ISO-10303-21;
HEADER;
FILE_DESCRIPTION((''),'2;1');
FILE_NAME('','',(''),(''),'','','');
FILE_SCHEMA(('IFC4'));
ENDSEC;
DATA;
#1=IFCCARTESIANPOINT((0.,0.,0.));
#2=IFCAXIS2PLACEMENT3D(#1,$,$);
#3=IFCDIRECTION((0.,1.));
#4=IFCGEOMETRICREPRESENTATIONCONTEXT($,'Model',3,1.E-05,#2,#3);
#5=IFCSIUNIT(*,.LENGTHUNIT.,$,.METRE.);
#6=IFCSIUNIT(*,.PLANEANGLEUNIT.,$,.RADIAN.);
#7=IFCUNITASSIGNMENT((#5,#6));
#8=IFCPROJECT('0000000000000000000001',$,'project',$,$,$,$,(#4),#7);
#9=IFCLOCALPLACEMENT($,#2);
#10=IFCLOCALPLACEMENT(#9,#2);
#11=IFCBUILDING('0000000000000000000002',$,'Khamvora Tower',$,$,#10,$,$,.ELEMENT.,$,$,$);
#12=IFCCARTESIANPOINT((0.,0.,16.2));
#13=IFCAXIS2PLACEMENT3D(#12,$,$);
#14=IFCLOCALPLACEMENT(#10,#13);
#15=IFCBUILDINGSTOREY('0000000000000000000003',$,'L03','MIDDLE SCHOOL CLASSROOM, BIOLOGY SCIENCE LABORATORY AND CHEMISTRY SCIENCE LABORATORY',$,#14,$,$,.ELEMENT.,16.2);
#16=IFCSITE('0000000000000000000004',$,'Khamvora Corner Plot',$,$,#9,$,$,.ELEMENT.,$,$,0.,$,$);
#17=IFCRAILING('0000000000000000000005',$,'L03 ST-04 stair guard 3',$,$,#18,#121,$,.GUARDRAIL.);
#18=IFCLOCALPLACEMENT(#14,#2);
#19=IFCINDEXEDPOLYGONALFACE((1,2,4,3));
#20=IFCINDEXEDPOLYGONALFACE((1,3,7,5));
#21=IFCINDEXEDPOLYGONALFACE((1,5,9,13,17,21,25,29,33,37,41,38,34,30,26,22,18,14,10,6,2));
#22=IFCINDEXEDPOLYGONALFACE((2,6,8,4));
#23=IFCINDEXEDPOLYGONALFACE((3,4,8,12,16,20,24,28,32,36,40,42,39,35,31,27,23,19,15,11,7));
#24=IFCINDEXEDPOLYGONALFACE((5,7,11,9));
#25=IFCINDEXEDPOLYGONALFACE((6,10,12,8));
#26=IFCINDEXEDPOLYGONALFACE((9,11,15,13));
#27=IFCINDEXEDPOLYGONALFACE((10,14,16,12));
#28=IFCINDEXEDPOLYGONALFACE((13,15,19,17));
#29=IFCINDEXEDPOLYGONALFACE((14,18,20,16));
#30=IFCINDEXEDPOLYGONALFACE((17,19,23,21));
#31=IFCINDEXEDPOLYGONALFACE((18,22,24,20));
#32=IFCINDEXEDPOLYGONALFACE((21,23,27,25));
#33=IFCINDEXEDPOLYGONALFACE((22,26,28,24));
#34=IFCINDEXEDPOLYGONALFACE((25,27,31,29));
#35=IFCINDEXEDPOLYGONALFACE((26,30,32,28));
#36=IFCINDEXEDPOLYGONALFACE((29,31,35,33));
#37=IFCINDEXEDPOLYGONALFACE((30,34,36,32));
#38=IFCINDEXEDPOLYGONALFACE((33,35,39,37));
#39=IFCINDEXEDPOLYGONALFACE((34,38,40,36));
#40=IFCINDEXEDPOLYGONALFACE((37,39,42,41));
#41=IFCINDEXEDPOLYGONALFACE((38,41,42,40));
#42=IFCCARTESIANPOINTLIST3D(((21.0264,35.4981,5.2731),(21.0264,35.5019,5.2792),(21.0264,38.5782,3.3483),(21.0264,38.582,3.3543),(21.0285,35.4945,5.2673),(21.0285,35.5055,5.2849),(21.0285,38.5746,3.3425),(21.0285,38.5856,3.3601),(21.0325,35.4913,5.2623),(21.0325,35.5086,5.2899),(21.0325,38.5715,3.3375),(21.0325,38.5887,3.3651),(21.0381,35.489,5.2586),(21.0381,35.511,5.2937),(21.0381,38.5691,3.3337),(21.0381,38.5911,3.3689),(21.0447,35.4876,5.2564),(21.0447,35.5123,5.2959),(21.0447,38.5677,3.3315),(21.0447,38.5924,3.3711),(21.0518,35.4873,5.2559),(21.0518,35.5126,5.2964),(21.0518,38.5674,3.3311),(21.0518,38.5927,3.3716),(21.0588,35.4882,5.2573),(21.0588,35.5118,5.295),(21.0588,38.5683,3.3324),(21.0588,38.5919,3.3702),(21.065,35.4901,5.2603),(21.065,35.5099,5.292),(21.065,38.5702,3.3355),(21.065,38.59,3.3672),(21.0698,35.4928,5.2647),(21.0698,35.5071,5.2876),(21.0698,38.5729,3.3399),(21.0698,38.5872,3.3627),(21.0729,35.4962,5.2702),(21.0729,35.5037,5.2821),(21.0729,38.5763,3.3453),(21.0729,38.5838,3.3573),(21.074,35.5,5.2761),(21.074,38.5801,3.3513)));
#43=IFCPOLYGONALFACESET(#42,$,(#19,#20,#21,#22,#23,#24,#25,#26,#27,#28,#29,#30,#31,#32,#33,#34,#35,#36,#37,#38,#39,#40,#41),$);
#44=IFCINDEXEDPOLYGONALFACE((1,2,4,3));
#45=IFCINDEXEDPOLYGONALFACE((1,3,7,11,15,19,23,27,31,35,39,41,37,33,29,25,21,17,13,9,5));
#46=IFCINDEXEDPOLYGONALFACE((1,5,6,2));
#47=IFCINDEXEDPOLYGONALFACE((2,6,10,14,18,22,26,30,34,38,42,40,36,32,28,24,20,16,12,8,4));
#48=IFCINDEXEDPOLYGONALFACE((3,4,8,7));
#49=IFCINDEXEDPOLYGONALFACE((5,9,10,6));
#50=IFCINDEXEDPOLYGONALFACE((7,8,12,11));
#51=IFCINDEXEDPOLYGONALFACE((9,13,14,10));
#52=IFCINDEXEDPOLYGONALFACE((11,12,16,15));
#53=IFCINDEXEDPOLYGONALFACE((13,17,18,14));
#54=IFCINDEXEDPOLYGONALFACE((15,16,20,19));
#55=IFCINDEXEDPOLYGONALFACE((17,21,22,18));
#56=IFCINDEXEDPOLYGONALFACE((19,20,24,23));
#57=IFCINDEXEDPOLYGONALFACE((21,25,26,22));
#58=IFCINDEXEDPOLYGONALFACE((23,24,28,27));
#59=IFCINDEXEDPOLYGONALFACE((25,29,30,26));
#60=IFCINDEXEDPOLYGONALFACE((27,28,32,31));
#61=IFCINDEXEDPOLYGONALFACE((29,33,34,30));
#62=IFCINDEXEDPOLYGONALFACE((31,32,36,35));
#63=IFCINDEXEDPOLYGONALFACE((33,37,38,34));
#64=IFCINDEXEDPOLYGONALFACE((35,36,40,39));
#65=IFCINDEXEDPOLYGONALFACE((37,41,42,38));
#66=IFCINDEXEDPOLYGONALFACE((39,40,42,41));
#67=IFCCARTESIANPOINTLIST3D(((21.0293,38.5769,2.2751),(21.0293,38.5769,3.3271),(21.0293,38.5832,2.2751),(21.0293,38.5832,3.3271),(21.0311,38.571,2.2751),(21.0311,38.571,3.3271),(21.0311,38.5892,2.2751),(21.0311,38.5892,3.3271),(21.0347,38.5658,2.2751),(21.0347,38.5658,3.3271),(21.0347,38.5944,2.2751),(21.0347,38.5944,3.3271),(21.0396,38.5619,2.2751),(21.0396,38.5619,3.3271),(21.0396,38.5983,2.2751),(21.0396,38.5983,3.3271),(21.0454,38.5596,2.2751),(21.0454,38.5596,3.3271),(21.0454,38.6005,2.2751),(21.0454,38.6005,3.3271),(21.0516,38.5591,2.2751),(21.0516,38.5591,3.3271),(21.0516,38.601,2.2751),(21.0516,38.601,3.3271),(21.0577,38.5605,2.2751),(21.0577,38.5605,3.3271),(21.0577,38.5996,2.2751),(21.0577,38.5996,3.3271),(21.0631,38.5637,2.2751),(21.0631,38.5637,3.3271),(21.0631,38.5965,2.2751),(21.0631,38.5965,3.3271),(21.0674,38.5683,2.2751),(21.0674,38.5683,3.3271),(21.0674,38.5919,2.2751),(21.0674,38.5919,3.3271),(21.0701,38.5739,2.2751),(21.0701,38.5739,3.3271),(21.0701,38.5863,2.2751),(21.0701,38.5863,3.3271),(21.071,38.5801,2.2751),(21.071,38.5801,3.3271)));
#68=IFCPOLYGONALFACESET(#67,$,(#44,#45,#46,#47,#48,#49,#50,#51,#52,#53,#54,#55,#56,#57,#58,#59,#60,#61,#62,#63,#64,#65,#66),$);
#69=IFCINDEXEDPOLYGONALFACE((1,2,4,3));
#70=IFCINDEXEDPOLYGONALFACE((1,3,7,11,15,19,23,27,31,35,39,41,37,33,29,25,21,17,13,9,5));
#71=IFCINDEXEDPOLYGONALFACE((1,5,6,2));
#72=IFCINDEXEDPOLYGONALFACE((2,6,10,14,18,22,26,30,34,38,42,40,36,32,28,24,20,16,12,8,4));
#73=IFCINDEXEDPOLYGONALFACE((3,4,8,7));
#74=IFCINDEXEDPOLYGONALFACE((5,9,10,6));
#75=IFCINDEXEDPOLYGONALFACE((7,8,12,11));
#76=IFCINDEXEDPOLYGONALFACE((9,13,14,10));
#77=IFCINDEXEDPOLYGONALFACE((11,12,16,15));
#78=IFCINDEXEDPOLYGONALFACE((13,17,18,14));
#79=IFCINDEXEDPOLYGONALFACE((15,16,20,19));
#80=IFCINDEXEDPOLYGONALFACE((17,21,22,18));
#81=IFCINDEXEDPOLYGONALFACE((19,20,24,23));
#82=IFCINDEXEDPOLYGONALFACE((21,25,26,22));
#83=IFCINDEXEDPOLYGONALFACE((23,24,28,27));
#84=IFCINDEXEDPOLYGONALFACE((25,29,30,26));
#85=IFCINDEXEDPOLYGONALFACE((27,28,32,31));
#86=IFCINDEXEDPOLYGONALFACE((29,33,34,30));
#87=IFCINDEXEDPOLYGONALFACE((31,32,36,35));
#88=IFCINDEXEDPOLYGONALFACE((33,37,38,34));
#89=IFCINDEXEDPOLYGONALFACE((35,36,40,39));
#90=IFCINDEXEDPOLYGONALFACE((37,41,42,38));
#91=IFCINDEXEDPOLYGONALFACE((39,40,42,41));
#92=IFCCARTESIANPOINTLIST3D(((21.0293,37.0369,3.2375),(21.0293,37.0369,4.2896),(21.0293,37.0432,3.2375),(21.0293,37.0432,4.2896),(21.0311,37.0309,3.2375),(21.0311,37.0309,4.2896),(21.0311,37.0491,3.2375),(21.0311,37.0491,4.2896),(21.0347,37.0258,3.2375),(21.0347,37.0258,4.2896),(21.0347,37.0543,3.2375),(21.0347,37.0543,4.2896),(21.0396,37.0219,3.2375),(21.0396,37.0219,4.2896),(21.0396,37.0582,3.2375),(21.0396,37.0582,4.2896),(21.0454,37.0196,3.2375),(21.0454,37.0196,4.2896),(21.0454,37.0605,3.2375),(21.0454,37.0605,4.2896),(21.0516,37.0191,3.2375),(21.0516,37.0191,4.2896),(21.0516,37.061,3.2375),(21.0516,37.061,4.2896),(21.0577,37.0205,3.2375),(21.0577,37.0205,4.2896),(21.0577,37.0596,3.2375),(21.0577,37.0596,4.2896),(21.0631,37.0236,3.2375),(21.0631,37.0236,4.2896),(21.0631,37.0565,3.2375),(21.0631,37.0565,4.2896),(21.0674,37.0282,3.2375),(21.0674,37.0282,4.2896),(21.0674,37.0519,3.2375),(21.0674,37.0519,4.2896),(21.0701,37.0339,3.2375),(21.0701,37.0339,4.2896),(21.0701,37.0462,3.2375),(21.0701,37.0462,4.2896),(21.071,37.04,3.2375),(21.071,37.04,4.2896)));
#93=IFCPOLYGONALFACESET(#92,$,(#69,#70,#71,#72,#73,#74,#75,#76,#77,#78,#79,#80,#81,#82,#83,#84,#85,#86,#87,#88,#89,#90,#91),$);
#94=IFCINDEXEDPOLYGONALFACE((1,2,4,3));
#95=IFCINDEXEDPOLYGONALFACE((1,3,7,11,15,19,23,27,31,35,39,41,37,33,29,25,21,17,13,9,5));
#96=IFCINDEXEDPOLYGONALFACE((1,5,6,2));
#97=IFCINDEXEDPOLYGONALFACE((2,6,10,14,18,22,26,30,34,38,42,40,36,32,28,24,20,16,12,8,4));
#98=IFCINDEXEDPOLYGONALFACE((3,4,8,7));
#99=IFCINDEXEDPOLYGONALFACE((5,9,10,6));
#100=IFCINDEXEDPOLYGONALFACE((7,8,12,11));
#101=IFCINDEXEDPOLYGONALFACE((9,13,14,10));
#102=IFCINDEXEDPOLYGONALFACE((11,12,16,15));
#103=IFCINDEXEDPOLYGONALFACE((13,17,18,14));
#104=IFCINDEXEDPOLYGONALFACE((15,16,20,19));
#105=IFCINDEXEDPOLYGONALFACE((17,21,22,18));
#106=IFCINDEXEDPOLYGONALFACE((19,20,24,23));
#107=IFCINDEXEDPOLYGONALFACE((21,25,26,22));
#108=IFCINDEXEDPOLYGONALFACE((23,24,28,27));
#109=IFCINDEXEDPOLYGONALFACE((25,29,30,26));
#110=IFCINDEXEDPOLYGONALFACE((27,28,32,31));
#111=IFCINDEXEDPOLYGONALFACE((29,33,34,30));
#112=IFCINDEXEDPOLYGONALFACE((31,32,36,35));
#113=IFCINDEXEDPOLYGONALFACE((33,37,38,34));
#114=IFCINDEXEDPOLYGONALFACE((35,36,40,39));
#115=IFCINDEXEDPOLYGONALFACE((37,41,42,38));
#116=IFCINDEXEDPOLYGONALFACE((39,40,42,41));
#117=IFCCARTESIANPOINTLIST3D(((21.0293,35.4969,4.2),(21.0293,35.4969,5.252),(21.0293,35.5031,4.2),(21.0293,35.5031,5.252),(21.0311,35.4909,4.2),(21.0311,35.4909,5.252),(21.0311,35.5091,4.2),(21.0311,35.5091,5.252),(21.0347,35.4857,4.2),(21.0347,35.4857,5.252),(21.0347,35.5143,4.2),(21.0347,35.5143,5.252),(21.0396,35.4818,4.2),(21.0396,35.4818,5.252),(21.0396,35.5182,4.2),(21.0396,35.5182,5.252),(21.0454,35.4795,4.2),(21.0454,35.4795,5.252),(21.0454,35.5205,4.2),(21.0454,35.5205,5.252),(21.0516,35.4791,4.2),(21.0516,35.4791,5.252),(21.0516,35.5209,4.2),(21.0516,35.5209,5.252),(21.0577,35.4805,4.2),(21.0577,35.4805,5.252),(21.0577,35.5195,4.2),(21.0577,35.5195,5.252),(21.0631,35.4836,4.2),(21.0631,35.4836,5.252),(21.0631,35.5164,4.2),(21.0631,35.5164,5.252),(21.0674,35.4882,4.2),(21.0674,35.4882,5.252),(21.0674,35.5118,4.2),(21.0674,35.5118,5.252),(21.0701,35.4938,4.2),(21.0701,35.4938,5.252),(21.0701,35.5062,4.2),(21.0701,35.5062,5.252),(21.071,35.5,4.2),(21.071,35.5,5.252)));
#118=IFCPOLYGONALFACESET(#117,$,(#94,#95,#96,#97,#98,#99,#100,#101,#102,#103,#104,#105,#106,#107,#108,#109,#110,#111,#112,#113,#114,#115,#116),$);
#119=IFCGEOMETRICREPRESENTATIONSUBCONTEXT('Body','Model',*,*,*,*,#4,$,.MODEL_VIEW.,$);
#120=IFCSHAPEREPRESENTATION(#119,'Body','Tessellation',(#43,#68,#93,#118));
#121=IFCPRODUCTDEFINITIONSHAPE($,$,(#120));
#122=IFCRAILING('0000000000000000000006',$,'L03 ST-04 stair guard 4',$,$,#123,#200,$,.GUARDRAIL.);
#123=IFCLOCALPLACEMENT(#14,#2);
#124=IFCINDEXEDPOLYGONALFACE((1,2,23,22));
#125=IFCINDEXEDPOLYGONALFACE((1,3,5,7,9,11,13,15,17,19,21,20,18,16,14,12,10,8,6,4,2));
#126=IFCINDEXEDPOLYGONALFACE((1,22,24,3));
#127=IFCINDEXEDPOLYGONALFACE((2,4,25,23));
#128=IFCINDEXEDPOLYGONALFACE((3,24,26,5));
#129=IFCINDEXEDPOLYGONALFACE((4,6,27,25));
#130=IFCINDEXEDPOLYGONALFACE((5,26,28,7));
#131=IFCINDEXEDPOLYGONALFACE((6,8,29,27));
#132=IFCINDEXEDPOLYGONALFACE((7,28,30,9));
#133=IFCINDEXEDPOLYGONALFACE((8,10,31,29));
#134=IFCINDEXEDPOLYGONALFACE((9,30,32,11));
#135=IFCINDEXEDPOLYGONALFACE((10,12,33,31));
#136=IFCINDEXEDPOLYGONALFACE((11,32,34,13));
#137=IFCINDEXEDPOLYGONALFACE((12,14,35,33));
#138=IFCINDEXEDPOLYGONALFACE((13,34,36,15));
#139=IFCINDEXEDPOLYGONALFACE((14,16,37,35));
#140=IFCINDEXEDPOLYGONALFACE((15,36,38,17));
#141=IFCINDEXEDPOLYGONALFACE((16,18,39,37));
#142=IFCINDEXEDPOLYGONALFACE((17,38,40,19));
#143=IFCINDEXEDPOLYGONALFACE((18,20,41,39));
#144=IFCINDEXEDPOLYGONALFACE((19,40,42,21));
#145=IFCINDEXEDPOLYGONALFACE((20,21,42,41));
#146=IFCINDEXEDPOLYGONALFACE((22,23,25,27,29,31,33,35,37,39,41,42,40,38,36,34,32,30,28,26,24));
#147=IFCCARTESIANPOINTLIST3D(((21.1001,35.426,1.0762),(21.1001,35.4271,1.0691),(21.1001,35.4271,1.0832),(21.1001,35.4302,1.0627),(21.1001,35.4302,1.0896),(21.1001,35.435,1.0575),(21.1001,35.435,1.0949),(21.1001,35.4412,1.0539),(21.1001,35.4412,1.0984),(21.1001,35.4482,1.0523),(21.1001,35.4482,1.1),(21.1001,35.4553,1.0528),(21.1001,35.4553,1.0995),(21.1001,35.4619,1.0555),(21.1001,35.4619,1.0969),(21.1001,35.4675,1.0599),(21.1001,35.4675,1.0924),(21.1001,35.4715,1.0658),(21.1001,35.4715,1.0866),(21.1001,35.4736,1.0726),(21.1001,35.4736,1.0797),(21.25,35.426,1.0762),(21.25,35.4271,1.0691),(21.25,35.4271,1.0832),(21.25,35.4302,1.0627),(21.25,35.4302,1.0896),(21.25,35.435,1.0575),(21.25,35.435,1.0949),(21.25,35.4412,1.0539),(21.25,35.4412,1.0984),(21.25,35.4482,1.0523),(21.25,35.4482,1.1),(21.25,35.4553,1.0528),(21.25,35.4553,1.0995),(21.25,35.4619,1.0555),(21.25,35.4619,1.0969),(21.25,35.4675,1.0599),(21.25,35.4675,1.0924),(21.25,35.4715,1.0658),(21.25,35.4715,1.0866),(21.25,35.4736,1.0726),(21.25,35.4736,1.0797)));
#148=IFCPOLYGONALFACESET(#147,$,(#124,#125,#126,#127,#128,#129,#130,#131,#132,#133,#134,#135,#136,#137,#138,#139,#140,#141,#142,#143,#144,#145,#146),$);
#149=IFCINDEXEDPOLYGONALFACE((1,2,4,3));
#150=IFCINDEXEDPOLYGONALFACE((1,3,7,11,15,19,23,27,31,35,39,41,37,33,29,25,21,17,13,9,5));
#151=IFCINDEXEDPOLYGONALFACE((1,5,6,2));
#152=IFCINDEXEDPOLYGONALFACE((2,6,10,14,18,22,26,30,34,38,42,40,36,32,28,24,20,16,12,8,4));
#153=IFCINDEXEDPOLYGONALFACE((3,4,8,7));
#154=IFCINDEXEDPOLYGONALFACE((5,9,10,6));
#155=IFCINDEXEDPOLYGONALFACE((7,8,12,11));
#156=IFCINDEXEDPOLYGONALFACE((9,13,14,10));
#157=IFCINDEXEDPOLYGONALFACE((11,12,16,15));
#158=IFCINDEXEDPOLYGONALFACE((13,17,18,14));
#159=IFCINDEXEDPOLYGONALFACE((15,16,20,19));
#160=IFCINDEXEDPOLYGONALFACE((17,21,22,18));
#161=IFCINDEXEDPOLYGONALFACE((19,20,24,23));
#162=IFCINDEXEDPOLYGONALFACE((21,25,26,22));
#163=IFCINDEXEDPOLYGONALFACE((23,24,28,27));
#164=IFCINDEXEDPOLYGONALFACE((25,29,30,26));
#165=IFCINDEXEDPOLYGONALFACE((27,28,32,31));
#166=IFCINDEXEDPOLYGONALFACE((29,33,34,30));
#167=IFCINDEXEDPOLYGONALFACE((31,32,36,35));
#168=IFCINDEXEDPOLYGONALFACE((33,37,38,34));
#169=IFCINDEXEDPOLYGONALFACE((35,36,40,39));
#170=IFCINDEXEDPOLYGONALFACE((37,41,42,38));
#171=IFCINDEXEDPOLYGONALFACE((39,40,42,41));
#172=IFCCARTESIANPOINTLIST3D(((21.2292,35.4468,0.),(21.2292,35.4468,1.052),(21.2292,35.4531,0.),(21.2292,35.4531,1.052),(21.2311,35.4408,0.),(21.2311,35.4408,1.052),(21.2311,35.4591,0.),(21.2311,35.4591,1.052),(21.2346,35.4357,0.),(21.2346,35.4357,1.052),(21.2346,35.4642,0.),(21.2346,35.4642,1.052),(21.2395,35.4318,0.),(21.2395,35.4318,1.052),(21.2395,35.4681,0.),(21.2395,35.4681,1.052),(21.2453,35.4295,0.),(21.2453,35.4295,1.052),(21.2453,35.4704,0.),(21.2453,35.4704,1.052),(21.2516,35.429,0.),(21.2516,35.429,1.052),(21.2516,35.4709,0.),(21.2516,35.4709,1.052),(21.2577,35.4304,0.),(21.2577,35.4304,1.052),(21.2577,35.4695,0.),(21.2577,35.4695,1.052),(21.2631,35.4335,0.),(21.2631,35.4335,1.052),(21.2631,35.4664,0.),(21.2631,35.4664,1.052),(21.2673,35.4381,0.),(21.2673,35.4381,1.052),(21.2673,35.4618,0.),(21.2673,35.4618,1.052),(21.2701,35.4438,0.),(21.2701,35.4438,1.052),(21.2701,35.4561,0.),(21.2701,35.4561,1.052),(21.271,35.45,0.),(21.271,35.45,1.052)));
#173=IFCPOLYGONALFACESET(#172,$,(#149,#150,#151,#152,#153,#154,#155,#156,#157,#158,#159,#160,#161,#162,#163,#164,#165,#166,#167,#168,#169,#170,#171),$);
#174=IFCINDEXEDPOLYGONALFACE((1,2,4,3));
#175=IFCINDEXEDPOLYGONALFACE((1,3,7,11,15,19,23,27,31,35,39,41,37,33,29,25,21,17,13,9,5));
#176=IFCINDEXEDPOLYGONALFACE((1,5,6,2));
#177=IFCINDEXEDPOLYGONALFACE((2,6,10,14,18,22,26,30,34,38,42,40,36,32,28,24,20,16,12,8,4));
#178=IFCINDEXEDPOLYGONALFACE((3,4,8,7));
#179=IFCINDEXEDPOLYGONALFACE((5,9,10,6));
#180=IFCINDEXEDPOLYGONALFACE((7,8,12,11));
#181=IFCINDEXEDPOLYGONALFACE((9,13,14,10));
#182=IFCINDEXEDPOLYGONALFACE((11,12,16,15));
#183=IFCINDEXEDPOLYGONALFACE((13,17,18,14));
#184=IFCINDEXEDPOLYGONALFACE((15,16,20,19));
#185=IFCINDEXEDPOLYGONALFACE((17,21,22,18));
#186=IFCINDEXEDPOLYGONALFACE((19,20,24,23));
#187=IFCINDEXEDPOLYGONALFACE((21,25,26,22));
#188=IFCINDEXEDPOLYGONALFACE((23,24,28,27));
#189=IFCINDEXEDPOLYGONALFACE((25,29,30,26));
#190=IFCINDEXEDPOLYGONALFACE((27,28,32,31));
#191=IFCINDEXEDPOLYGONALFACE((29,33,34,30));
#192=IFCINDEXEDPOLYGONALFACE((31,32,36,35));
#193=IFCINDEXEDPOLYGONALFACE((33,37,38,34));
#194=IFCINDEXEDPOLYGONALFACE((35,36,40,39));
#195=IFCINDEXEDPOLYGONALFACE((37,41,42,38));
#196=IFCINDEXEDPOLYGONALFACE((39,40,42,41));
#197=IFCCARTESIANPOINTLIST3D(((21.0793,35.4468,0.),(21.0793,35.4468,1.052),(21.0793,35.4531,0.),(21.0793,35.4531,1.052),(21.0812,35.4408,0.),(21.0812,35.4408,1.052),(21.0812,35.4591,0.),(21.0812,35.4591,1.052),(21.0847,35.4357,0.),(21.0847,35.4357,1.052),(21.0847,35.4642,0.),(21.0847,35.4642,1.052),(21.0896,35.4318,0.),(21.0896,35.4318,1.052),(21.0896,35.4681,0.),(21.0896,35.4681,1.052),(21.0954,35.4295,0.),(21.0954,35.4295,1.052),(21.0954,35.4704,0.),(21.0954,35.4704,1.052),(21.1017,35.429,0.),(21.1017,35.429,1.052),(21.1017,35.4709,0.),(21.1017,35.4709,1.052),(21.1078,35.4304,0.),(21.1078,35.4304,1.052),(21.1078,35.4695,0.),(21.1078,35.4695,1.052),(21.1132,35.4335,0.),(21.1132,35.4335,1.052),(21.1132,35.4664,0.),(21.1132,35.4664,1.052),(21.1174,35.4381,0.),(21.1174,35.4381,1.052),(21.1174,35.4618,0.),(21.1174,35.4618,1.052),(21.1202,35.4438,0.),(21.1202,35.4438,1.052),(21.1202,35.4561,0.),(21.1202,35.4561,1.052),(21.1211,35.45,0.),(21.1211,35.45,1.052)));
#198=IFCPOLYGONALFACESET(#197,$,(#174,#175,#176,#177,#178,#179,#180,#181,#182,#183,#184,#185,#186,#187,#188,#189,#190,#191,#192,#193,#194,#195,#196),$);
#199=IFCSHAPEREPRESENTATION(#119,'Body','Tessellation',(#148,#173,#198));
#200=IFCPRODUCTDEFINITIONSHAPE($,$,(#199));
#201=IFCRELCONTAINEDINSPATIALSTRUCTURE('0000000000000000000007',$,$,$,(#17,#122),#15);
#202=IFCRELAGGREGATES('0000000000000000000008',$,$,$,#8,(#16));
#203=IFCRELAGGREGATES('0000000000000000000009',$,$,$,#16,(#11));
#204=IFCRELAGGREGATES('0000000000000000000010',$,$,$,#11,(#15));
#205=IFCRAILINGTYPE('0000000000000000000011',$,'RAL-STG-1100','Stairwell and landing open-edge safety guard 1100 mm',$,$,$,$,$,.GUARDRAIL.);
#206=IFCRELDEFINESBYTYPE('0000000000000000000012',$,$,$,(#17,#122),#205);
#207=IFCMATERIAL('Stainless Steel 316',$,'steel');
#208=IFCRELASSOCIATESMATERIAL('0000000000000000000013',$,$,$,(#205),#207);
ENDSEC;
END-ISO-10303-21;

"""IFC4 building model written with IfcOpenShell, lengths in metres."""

from ifc_helpers import new_model, si_unit, direction, frame, origin, origin_2d, place, context, subcontext, project, spatial, circle, extrude, material, type_object, element, save


model = new_model("IFC4")

# Units and contexts
model_context = context("Model", 3, precision=1e-05, world=origin(), true_north=direction((0.0, 1.0)))
body_context = subcontext(model_context, "Body", "Model", "MODEL_VIEW")
ifc_project = project(units=[si_unit("LENGTHUNIT", "METRE"), si_unit("PLANEANGLEUNIT", "RADIAN")], contexts=[model_context])

# Site, building, storey
site_placement = place(None, origin())
site = spatial("IfcSite", under=ifc_project, at=site_placement, Name="Khamvora Corner Plot", CompositionType="ELEMENT", RefElevation=0.0)
building_placement = place(site_placement, origin())
building = spatial("IfcBuilding", under=site, at=building_placement, Name="Khamvora Tower", CompositionType="ELEMENT")
storey_placement = place(building_placement, frame((0.0, 0.0, 16.2)))
storey = spatial("IfcBuildingStorey", under=building, at=storey_placement, Name="L03", Description="MIDDLE SCHOOL CLASSROOM, BIOLOGY SCIENCE LABORATORY AND CHEMISTRY SCIENCE LABORATORY", CompositionType="ELEMENT", Elevation=16.2)

# Railings
ifc_material_1 = material(Name="Stainless Steel 316", Category="steel")
railing_type_1 = type_object("IfcRailingType", Name="RAL-STG-1100", Description="Stairwell and landing open-edge safety guard 1100 mm", PredefinedType="GUARDRAIL", material=ifc_material_1)
railing_1_placement = place(storey_placement, frame((21.05, 38.5801, 2.2751)))
element("IfcRailing", 1, at=railing_1_placement, inside=storey, type_object=railing_type_1, Name="L03 ST-04 stair guard 3", PredefinedType="GUARDRAIL", context=body_context, shape_type="SweptSolid", body=[
    extrude(circle(Radius=0.0239, at=origin_2d()), frame((0.0, 0.0, 1.0762), z_axis=(0.0, -0.848029, 0.529951), x_axis=(1.0, 0.0, 0.0)), (0.0, 0.0, 1.0), 3.6321),
    extrude(circle(Radius=0.021, at=origin_2d()), origin(), (0.0, 0.0, 1.0), 1.052),
    extrude(circle(Radius=0.021, at=origin_2d()), frame((0.0, -1.54, 0.9624)), (0.0, 0.0, 1.0), 1.052),
    extrude(circle(Radius=0.021, at=origin_2d()), frame((0.0, -3.0801, 1.9248)), (0.0, 0.0, 1.0), 1.052),
])
railing_2_placement = place(storey_placement, frame((21.25, 35.45, 0.0)))
element("IfcRailing", 2, at=railing_2_placement, inside=storey, type_object=railing_type_1, Name="L03 ST-04 stair guard 4", PredefinedType="GUARDRAIL", context=body_context, shape_type="SweptSolid", body=[
    extrude(circle(Radius=0.0239, at=origin_2d()), frame((0.0, 0.0, 1.0762), z_axis=(-1.0, 0.0, 0.0), x_axis=(0.0, -1.0, 0.0)), (0.0, 0.0, 1.0), 0.1499),
    extrude(circle(Radius=0.021, at=origin_2d()), origin(), (0.0, 0.0, 1.0), 1.052),
    extrude(circle(Radius=0.021, at=origin_2d()), frame((-0.1499, 0.0, 0.0)), (0.0, 0.0, 1.0), 1.052),
])

save(model, "model.ifc")
